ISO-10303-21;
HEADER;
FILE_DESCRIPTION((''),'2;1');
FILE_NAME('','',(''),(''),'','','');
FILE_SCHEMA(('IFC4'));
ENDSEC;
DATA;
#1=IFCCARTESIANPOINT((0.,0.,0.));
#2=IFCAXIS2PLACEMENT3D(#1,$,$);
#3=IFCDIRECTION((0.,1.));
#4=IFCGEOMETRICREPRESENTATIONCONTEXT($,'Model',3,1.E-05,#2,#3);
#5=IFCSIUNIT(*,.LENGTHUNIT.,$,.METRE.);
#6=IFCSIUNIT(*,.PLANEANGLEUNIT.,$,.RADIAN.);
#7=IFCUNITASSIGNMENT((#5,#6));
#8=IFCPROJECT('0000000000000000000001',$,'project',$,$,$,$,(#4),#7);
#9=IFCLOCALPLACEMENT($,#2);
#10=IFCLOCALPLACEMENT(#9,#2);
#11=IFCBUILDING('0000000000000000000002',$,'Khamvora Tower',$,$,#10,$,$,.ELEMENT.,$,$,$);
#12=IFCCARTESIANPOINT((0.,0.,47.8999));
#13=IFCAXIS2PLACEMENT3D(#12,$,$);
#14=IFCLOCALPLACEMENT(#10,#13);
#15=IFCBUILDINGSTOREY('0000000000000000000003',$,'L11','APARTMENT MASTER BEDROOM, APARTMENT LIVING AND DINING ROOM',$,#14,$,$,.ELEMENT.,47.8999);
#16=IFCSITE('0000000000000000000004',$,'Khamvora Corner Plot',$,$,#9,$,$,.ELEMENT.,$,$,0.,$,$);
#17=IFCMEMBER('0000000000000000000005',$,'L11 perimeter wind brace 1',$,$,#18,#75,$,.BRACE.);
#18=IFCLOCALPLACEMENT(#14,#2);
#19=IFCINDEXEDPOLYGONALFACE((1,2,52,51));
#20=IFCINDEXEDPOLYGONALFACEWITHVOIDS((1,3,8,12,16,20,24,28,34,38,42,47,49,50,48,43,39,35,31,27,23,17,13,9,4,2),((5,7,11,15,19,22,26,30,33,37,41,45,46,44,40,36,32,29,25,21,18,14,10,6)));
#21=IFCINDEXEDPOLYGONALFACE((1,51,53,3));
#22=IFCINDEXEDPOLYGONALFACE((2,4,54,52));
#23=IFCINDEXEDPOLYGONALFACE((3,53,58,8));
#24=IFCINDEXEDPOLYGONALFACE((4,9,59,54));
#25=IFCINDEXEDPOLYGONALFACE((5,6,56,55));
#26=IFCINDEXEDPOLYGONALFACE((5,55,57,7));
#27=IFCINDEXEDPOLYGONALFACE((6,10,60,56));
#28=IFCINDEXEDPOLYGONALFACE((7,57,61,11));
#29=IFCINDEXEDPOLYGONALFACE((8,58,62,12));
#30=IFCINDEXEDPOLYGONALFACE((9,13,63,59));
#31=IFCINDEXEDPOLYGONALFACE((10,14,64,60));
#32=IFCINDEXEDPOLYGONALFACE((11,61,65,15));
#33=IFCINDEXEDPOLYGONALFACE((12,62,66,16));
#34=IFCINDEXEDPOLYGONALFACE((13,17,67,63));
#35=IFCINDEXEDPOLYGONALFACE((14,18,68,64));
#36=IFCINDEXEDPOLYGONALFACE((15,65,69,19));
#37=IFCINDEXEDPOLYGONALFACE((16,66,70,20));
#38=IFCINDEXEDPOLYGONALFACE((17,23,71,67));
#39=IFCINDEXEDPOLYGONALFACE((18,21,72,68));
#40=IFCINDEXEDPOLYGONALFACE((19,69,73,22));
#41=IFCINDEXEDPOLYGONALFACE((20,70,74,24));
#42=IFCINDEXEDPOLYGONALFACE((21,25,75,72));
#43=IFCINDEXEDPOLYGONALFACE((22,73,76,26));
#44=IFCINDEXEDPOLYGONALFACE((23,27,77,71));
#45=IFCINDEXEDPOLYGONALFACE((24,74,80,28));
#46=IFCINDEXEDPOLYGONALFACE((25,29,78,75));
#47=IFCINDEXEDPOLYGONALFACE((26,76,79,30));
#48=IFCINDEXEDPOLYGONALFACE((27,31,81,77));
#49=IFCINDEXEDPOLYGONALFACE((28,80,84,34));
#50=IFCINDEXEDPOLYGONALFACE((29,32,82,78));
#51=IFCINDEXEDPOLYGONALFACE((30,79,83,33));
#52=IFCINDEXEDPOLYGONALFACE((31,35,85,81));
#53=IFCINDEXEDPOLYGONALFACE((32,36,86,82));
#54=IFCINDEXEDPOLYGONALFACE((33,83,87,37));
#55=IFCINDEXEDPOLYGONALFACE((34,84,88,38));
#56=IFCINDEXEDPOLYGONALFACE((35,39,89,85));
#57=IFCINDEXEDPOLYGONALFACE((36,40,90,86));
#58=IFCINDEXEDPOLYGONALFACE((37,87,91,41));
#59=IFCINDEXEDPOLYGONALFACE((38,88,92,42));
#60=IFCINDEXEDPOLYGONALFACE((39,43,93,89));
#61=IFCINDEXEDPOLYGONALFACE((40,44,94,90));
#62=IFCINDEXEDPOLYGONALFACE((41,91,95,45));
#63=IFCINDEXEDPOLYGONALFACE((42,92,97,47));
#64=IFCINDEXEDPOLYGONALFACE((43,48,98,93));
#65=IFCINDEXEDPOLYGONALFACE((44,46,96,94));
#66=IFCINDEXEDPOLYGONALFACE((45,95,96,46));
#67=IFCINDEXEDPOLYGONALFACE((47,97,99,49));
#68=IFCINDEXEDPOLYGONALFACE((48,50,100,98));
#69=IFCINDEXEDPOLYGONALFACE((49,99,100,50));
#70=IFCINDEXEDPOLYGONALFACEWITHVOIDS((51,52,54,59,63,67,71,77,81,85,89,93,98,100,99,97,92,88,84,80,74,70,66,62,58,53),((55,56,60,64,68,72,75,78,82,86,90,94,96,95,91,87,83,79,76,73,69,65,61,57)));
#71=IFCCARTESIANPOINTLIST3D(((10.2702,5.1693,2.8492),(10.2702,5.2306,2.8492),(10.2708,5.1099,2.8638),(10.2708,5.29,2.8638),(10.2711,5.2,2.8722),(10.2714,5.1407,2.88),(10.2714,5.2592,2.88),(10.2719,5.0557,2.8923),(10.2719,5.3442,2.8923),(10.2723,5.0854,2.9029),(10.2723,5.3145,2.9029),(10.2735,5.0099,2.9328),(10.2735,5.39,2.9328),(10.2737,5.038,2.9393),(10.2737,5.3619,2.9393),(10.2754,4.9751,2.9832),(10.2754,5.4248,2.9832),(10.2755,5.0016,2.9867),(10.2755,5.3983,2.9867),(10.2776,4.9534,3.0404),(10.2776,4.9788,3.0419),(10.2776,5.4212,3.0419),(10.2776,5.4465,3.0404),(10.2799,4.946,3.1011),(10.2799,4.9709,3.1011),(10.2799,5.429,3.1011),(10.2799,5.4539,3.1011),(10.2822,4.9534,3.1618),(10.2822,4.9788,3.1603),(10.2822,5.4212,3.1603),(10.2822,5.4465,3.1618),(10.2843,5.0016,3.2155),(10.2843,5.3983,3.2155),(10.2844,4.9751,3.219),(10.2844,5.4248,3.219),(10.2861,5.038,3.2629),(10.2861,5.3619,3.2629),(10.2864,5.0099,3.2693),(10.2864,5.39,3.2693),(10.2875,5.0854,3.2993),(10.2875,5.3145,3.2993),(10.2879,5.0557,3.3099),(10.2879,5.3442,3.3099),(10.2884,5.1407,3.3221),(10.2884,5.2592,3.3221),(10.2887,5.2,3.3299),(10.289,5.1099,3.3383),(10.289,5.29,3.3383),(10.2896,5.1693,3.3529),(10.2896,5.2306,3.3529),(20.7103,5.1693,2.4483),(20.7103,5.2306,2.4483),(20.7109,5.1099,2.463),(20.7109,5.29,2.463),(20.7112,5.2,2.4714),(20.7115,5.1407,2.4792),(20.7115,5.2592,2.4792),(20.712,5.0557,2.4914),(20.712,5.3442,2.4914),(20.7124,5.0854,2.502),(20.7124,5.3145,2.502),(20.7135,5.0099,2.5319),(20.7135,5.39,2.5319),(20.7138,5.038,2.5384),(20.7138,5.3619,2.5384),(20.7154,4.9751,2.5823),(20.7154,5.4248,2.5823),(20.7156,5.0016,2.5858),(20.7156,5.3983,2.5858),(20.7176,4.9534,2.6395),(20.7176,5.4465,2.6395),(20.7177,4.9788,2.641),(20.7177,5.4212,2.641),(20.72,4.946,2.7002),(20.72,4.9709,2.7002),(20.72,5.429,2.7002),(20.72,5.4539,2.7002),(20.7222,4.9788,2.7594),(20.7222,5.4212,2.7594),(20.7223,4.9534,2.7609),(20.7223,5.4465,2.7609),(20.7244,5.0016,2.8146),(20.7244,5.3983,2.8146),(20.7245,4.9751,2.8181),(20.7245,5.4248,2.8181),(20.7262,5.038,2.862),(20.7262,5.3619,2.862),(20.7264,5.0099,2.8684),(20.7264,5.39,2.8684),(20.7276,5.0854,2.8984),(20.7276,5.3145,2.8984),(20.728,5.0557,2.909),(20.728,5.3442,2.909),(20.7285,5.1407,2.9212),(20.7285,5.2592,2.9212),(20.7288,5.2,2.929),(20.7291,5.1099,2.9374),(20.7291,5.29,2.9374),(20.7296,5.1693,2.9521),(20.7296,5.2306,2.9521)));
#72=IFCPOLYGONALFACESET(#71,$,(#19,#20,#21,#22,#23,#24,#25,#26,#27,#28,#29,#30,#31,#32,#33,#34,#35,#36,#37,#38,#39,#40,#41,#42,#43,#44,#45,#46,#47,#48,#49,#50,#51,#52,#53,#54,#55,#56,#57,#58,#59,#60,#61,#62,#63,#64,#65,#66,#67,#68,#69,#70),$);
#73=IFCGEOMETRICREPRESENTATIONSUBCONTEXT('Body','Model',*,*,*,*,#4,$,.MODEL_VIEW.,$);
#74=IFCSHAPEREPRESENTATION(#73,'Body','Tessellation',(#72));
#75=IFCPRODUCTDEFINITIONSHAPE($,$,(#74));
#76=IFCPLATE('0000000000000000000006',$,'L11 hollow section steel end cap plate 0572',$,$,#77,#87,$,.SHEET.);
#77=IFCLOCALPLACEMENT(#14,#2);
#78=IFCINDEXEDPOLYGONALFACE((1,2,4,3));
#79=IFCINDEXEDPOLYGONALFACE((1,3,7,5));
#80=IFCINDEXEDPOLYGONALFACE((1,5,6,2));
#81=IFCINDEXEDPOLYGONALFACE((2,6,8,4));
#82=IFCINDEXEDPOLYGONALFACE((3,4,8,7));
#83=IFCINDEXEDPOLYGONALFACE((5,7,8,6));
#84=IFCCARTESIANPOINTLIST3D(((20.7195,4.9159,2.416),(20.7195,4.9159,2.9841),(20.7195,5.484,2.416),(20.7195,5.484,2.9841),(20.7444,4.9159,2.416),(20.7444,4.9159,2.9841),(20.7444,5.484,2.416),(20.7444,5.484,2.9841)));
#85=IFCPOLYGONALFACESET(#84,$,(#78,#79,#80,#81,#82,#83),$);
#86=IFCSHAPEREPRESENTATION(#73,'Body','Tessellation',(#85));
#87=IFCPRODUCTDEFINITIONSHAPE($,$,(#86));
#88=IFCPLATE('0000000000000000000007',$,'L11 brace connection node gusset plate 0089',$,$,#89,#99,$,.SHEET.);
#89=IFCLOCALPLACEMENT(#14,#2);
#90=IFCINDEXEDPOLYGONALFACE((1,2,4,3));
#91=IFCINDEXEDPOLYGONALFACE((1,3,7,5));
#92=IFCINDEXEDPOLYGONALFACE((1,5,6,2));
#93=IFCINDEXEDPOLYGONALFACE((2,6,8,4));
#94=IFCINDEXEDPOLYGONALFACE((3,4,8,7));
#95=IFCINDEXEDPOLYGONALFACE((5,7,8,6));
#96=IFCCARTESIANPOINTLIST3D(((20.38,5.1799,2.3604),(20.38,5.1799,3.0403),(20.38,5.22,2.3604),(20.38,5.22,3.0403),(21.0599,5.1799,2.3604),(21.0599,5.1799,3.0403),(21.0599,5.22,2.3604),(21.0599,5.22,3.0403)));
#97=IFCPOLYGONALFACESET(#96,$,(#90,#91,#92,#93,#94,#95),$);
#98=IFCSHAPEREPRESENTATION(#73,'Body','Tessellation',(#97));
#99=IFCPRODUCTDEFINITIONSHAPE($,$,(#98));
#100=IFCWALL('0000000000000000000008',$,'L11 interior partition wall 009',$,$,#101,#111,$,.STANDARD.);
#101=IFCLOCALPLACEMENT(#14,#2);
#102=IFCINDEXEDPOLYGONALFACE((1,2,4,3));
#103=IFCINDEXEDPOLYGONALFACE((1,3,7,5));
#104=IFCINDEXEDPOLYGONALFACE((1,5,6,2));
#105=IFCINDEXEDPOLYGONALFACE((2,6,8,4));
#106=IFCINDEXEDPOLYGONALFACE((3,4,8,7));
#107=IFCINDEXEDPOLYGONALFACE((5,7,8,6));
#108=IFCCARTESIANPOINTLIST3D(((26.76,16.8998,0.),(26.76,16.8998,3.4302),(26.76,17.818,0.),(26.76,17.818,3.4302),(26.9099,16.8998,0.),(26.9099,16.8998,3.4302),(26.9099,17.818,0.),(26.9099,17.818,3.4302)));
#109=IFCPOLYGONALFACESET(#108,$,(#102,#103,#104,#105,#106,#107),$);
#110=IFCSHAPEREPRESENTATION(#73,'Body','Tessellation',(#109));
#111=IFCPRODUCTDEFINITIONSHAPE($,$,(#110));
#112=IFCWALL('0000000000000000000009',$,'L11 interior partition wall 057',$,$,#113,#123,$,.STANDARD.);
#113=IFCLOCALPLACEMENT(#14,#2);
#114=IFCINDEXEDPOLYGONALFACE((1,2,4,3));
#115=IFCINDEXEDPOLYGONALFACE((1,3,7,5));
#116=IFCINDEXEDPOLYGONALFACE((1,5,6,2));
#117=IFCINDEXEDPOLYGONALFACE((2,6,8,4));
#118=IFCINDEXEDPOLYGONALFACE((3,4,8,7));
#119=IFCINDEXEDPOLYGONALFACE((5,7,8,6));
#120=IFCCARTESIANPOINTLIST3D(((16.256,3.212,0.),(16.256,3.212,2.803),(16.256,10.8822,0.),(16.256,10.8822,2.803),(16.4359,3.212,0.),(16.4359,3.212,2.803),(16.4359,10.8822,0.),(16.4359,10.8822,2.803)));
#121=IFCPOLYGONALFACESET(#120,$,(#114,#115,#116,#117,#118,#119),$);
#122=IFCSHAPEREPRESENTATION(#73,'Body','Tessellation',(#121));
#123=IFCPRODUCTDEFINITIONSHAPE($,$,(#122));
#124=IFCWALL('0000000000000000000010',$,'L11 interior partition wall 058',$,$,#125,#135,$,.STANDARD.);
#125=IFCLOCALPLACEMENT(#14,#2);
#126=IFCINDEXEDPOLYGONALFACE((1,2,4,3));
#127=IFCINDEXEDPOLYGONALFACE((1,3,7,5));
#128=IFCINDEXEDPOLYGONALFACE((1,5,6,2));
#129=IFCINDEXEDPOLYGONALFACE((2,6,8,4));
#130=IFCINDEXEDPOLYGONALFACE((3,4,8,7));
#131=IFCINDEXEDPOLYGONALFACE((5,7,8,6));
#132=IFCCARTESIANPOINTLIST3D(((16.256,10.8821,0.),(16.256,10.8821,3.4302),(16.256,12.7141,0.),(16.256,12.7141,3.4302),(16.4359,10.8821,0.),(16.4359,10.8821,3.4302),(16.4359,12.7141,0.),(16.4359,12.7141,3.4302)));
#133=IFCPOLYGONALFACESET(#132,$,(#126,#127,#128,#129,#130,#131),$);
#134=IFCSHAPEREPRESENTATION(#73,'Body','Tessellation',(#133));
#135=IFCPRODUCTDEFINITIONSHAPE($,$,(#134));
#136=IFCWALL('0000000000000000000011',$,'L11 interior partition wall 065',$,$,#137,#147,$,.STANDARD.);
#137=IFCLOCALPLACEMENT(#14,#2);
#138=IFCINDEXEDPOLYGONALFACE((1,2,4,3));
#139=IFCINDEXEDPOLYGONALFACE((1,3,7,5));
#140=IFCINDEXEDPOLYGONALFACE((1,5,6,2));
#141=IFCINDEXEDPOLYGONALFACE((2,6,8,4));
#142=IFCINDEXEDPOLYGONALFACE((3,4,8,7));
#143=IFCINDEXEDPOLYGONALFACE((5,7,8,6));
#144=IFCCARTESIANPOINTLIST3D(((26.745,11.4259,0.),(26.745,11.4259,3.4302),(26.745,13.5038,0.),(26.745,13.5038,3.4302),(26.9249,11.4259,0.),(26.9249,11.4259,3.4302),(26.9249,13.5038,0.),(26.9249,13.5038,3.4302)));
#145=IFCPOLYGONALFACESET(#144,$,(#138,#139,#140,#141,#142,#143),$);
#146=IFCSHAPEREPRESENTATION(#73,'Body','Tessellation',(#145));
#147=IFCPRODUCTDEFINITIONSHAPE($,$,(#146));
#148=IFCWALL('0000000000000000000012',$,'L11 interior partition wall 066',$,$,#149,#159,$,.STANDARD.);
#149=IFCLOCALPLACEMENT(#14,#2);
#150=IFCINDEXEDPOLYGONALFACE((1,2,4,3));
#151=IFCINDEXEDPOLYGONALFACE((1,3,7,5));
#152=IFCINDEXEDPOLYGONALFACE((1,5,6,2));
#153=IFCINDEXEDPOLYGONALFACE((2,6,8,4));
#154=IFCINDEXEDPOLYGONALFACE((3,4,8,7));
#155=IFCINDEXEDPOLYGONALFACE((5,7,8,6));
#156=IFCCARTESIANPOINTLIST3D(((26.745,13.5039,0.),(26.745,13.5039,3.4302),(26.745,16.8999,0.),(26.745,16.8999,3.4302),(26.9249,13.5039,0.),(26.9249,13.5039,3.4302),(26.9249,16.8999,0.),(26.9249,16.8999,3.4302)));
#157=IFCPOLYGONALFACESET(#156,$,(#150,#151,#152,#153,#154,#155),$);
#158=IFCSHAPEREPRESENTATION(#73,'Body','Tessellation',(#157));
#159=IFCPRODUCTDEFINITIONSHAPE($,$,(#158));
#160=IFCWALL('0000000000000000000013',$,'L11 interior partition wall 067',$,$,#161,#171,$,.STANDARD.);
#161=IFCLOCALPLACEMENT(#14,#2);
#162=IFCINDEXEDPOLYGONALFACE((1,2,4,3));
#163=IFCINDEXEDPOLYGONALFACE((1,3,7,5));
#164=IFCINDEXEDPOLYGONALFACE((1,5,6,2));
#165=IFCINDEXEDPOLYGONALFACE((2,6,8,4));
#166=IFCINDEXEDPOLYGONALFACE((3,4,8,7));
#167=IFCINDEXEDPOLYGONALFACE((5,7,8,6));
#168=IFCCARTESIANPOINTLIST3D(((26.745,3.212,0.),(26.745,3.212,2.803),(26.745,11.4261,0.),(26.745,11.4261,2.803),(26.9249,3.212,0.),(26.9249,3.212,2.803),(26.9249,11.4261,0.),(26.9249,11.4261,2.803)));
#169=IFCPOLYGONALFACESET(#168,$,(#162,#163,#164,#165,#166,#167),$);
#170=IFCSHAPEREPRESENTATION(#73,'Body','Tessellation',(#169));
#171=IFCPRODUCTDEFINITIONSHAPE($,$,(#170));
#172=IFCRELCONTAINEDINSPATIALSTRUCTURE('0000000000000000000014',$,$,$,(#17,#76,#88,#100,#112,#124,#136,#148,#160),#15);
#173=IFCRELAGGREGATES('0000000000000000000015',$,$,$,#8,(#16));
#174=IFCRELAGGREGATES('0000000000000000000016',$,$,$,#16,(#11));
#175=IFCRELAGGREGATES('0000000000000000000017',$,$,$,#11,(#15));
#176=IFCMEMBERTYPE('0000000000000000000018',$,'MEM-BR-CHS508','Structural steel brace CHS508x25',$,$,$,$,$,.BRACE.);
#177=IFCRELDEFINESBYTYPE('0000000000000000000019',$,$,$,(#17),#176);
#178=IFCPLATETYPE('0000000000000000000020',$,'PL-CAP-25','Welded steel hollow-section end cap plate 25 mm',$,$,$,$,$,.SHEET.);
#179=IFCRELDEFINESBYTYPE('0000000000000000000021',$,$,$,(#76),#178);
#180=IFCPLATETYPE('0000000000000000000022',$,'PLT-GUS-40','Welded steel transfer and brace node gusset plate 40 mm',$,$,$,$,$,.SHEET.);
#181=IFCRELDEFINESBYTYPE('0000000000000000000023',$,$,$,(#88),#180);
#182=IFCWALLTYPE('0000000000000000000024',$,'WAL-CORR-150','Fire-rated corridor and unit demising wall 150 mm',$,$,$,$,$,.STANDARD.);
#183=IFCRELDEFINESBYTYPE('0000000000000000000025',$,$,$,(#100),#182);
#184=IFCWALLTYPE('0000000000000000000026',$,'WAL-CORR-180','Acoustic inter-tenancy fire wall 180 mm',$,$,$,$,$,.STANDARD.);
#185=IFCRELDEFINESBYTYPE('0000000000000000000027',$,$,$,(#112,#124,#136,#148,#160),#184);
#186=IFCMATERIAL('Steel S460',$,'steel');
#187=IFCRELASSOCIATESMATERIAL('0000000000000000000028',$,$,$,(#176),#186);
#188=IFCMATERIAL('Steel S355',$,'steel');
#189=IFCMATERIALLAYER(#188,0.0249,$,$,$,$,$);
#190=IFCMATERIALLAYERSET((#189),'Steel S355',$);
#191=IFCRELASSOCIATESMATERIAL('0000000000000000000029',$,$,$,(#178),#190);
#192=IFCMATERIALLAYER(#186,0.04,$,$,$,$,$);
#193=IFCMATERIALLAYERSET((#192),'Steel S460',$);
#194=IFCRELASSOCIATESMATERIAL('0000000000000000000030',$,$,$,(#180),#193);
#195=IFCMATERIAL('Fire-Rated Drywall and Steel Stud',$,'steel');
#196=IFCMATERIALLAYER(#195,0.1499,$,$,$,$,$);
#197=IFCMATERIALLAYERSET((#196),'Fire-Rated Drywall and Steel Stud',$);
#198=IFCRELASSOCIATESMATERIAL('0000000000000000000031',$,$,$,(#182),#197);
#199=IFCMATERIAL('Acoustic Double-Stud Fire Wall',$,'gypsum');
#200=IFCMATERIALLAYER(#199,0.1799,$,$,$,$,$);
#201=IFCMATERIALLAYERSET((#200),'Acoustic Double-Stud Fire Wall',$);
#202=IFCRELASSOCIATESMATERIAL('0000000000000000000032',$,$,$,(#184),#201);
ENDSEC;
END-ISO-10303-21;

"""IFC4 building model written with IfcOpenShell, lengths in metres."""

from ifc_helpers import new_model, si_unit, direction, frame, frame_2d, origin, origin_2d, place, context, subcontext, project, spatial, rectangle, hollow_circle, extrude, material, layer, layer_set, material_profile, profile_set, type_object, element, save


model = new_model("IFC4")

# Units and contexts
model_context = context("Model", 3, precision=1e-05, world=origin(), true_north=direction((0.0, 1.0)))
body_context = subcontext(model_context, "Body", "Model", "MODEL_VIEW")
ifc_project = project(units=[si_unit("LENGTHUNIT", "METRE"), si_unit("PLANEANGLEUNIT", "RADIAN")], contexts=[model_context])

# Site, building, storey
site_placement = place(None, origin())
site = spatial("IfcSite", under=ifc_project, at=site_placement, Name="Khamvora Corner Plot", CompositionType="ELEMENT", RefElevation=0.0)
building_placement = place(site_placement, origin())
building = spatial("IfcBuilding", under=site, at=building_placement, Name="Khamvora Tower", CompositionType="ELEMENT")
storey_placement = place(building_placement, frame((0.0, 0.0, 47.8999)))
storey = spatial("IfcBuildingStorey", under=building, at=storey_placement, Name="L11", Description="APARTMENT MASTER BEDROOM, APARTMENT LIVING AND DINING ROOM", CompositionType="ELEMENT", Elevation=47.8999)

# Shared definitions
ifc_material_1 = material(Name="Steel S460", Category="steel")

# Shared definitions
ifc_material_2 = material(Name="Steel S355", Category="steel")

# Member
ifc_material_profile_1 = material_profile(ifc_material_1, hollow_circle(Radius=0.2539, WallThickness=0.0249, at=origin_2d()), Name="CHS508x25")
ifc_profile_set_1 = profile_set([ifc_material_profile_1], Name="Steel S460")
member_type = type_object("IfcMemberType", Name="MEM-BR-CHS508", Description="Structural steel brace CHS508x25", PredefinedType="BRACE", material=ifc_profile_set_1)
member_placement = place(storey_placement, frame((20.72, 5.2, 2.7002), z_axis=(-0.999264, 0.0, 0.03837), x_axis=(0.0, -1.0, 0.0)))
element("IfcMember", 1, at=member_placement, inside=storey, type_object=member_type, Name="L11 perimeter wind brace 1", PredefinedType="BRACE", context=body_context, shape_type="SweptSolid", body=[
    extrude(hollow_circle(Radius=0.2539, WallThickness=0.0249, at=origin_2d()), origin(), (0.0, 0.0, 1.0), 10.4478),
])

# Plates
ifc_layer_1 = layer(ifc_material_2, 0.0249)
ifc_layer_set_1 = layer_set([ifc_layer_1], Name="Steel S355")
plate_type_1 = type_object("IfcPlateType", Name="PL-CAP-25", Description="Welded steel hollow-section end cap plate 25 mm", PredefinedType="SHEET", material=ifc_layer_set_1)
plate_1_placement = place(storey_placement, frame((20.7319, 5.2, 2.416), z_axis=(0.0, 0.0, 1.0), x_axis=(-1.0, 0.0, 0.0)))
element("IfcPlate", 2, at=plate_1_placement, inside=storey, type_object=plate_type_1, Name="L11 hollow section steel end cap plate 0572", PredefinedType="SHEET", context=body_context, shape_type="SweptSolid", body=[
    extrude(rectangle(XDim=0.0249, YDim=0.5681, at=origin_2d()), origin(), (0.0, 0.0, 1.0), 0.5681),
])
ifc_layer_2 = layer(ifc_material_1, 0.04)
ifc_layer_set_2 = layer_set([ifc_layer_2], Name="Steel S460")
plate_type_2 = type_object("IfcPlateType", Name="PLT-GUS-40", Description="Welded steel transfer and brace node gusset plate 40 mm", PredefinedType="SHEET", material=ifc_layer_set_2)
plate_2_placement = place(storey_placement, frame((20.72, 5.2, 2.3604), z_axis=(0.0, 0.0, 1.0), x_axis=(1.0, 0.0, 0.0)))
element("IfcPlate", 3, at=plate_2_placement, inside=storey, type_object=plate_type_2, Name="L11 brace connection node gusset plate 0089", PredefinedType="SHEET", context=body_context, shape_type="SweptSolid", body=[
    extrude(rectangle(XDim=0.6799, YDim=0.04, at=origin_2d()), origin(), (0.0, 0.0, 1.0), 0.6799),
])

# Walls
ifc_material_3 = material(Name="Fire-Rated Drywall and Steel Stud", Category="steel")
ifc_layer_3 = layer(ifc_material_3, 0.1499)
ifc_layer_set_3 = layer_set([ifc_layer_3], Name="Fire-Rated Drywall and Steel Stud")
wall_type_1 = type_object("IfcWallType", Name="WAL-CORR-150", Description="Fire-rated corridor and unit demising wall 150 mm", PredefinedType="STANDARD", material=ifc_layer_set_3)
wall_1_placement = place(storey_placement, frame((26.835, 16.8999, 0.0), z_axis=(0.0, 0.0, 1.0), x_axis=(0.0, 1.0, 0.0)))
element("IfcWall", 4, at=wall_1_placement, inside=storey, type_object=wall_type_1, Name="L11 interior partition wall 009", PredefinedType="STANDARD", context=body_context, shape_type="SweptSolid", body=[
    extrude(rectangle(XDim=0.9182, YDim=0.1499, at=frame_2d((0.459, 0.0))), origin(), (0.0, 0.0, 1.0), 3.4302),
])
ifc_material_4 = material(Name="Acoustic Double-Stud Fire Wall", Category="gypsum")
ifc_layer_4 = layer(ifc_material_4, 0.1799)
ifc_layer_set_4 = layer_set([ifc_layer_4], Name="Acoustic Double-Stud Fire Wall")
wall_type_2 = type_object("IfcWallType", Name="WAL-CORR-180", Description="Acoustic inter-tenancy fire wall 180 mm", PredefinedType="STANDARD", material=ifc_layer_set_4)
wall_2_placement = place(storey_placement, frame((16.3459, 10.8821, 0.0), z_axis=(0.0, 0.0, 1.0), x_axis=(0.0, -1.0, 0.0)))
element("IfcWall", 5, at=wall_2_placement, inside=storey, type_object=wall_type_2, Name="L11 interior partition wall 057", PredefinedType="STANDARD", context=body_context, shape_type="SweptSolid", body=[
    extrude(rectangle(XDim=7.6702, YDim=0.1799, at=frame_2d((3.835, 0.0))), origin(), (0.0, 0.0, 1.0), 2.803),
])
wall_3_placement = place(storey_placement, frame((16.3459, 12.7141, 0.0), z_axis=(0.0, 0.0, 1.0), x_axis=(0.0, -1.0, 0.0)))
element("IfcWall", 6, at=wall_3_placement, inside=storey, type_object=wall_type_2, Name="L11 interior partition wall 058", PredefinedType="STANDARD", context=body_context, shape_type="SweptSolid", body=[
    extrude(rectangle(XDim=1.832, YDim=0.1799, at=frame_2d((0.916, 0.0))), origin(), (0.0, 0.0, 1.0), 3.4302),
])
wall_4_placement = place(storey_placement, frame((26.835, 13.5039, 0.0), z_axis=(0.0, 0.0, 1.0), x_axis=(0.0, -1.0, 0.0)))
element("IfcWall", 7, at=wall_4_placement, inside=storey, type_object=wall_type_2, Name="L11 interior partition wall 065", PredefinedType="STANDARD", context=body_context, shape_type="SweptSolid", body=[
    extrude(rectangle(XDim=2.0779, YDim=0.1799, at=frame_2d((1.0391, 0.0))), origin(), (0.0, 0.0, 1.0), 3.4302),
])
wall_5_placement = place(storey_placement, frame((26.835, 16.8999, 0.0), z_axis=(0.0, 0.0, 1.0), x_axis=(0.0, -1.0, 0.0)))
element("IfcWall", 8, at=wall_5_placement, inside=storey, type_object=wall_type_2, Name="L11 interior partition wall 066", PredefinedType="STANDARD", context=body_context, shape_type="SweptSolid", body=[
    extrude(rectangle(XDim=3.396, YDim=0.1799, at=frame_2d((1.698, 0.0))), origin(), (0.0, 0.0, 1.0), 3.4302),
])
wall_6_placement = place(storey_placement, frame((26.835, 11.426, 0.0), z_axis=(0.0, 0.0, 1.0), x_axis=(0.0, -1.0, 0.0)))
element("IfcWall", 9, at=wall_6_placement, inside=storey, type_object=wall_type_2, Name="L11 interior partition wall 067", PredefinedType="STANDARD", context=body_context, shape_type="SweptSolid", body=[
    extrude(rectangle(XDim=8.2141, YDim=0.1799, at=frame_2d((4.1069, 0.0))), origin(), (0.0, 0.0, 1.0), 2.803),
])

save(model, "model.ifc")
